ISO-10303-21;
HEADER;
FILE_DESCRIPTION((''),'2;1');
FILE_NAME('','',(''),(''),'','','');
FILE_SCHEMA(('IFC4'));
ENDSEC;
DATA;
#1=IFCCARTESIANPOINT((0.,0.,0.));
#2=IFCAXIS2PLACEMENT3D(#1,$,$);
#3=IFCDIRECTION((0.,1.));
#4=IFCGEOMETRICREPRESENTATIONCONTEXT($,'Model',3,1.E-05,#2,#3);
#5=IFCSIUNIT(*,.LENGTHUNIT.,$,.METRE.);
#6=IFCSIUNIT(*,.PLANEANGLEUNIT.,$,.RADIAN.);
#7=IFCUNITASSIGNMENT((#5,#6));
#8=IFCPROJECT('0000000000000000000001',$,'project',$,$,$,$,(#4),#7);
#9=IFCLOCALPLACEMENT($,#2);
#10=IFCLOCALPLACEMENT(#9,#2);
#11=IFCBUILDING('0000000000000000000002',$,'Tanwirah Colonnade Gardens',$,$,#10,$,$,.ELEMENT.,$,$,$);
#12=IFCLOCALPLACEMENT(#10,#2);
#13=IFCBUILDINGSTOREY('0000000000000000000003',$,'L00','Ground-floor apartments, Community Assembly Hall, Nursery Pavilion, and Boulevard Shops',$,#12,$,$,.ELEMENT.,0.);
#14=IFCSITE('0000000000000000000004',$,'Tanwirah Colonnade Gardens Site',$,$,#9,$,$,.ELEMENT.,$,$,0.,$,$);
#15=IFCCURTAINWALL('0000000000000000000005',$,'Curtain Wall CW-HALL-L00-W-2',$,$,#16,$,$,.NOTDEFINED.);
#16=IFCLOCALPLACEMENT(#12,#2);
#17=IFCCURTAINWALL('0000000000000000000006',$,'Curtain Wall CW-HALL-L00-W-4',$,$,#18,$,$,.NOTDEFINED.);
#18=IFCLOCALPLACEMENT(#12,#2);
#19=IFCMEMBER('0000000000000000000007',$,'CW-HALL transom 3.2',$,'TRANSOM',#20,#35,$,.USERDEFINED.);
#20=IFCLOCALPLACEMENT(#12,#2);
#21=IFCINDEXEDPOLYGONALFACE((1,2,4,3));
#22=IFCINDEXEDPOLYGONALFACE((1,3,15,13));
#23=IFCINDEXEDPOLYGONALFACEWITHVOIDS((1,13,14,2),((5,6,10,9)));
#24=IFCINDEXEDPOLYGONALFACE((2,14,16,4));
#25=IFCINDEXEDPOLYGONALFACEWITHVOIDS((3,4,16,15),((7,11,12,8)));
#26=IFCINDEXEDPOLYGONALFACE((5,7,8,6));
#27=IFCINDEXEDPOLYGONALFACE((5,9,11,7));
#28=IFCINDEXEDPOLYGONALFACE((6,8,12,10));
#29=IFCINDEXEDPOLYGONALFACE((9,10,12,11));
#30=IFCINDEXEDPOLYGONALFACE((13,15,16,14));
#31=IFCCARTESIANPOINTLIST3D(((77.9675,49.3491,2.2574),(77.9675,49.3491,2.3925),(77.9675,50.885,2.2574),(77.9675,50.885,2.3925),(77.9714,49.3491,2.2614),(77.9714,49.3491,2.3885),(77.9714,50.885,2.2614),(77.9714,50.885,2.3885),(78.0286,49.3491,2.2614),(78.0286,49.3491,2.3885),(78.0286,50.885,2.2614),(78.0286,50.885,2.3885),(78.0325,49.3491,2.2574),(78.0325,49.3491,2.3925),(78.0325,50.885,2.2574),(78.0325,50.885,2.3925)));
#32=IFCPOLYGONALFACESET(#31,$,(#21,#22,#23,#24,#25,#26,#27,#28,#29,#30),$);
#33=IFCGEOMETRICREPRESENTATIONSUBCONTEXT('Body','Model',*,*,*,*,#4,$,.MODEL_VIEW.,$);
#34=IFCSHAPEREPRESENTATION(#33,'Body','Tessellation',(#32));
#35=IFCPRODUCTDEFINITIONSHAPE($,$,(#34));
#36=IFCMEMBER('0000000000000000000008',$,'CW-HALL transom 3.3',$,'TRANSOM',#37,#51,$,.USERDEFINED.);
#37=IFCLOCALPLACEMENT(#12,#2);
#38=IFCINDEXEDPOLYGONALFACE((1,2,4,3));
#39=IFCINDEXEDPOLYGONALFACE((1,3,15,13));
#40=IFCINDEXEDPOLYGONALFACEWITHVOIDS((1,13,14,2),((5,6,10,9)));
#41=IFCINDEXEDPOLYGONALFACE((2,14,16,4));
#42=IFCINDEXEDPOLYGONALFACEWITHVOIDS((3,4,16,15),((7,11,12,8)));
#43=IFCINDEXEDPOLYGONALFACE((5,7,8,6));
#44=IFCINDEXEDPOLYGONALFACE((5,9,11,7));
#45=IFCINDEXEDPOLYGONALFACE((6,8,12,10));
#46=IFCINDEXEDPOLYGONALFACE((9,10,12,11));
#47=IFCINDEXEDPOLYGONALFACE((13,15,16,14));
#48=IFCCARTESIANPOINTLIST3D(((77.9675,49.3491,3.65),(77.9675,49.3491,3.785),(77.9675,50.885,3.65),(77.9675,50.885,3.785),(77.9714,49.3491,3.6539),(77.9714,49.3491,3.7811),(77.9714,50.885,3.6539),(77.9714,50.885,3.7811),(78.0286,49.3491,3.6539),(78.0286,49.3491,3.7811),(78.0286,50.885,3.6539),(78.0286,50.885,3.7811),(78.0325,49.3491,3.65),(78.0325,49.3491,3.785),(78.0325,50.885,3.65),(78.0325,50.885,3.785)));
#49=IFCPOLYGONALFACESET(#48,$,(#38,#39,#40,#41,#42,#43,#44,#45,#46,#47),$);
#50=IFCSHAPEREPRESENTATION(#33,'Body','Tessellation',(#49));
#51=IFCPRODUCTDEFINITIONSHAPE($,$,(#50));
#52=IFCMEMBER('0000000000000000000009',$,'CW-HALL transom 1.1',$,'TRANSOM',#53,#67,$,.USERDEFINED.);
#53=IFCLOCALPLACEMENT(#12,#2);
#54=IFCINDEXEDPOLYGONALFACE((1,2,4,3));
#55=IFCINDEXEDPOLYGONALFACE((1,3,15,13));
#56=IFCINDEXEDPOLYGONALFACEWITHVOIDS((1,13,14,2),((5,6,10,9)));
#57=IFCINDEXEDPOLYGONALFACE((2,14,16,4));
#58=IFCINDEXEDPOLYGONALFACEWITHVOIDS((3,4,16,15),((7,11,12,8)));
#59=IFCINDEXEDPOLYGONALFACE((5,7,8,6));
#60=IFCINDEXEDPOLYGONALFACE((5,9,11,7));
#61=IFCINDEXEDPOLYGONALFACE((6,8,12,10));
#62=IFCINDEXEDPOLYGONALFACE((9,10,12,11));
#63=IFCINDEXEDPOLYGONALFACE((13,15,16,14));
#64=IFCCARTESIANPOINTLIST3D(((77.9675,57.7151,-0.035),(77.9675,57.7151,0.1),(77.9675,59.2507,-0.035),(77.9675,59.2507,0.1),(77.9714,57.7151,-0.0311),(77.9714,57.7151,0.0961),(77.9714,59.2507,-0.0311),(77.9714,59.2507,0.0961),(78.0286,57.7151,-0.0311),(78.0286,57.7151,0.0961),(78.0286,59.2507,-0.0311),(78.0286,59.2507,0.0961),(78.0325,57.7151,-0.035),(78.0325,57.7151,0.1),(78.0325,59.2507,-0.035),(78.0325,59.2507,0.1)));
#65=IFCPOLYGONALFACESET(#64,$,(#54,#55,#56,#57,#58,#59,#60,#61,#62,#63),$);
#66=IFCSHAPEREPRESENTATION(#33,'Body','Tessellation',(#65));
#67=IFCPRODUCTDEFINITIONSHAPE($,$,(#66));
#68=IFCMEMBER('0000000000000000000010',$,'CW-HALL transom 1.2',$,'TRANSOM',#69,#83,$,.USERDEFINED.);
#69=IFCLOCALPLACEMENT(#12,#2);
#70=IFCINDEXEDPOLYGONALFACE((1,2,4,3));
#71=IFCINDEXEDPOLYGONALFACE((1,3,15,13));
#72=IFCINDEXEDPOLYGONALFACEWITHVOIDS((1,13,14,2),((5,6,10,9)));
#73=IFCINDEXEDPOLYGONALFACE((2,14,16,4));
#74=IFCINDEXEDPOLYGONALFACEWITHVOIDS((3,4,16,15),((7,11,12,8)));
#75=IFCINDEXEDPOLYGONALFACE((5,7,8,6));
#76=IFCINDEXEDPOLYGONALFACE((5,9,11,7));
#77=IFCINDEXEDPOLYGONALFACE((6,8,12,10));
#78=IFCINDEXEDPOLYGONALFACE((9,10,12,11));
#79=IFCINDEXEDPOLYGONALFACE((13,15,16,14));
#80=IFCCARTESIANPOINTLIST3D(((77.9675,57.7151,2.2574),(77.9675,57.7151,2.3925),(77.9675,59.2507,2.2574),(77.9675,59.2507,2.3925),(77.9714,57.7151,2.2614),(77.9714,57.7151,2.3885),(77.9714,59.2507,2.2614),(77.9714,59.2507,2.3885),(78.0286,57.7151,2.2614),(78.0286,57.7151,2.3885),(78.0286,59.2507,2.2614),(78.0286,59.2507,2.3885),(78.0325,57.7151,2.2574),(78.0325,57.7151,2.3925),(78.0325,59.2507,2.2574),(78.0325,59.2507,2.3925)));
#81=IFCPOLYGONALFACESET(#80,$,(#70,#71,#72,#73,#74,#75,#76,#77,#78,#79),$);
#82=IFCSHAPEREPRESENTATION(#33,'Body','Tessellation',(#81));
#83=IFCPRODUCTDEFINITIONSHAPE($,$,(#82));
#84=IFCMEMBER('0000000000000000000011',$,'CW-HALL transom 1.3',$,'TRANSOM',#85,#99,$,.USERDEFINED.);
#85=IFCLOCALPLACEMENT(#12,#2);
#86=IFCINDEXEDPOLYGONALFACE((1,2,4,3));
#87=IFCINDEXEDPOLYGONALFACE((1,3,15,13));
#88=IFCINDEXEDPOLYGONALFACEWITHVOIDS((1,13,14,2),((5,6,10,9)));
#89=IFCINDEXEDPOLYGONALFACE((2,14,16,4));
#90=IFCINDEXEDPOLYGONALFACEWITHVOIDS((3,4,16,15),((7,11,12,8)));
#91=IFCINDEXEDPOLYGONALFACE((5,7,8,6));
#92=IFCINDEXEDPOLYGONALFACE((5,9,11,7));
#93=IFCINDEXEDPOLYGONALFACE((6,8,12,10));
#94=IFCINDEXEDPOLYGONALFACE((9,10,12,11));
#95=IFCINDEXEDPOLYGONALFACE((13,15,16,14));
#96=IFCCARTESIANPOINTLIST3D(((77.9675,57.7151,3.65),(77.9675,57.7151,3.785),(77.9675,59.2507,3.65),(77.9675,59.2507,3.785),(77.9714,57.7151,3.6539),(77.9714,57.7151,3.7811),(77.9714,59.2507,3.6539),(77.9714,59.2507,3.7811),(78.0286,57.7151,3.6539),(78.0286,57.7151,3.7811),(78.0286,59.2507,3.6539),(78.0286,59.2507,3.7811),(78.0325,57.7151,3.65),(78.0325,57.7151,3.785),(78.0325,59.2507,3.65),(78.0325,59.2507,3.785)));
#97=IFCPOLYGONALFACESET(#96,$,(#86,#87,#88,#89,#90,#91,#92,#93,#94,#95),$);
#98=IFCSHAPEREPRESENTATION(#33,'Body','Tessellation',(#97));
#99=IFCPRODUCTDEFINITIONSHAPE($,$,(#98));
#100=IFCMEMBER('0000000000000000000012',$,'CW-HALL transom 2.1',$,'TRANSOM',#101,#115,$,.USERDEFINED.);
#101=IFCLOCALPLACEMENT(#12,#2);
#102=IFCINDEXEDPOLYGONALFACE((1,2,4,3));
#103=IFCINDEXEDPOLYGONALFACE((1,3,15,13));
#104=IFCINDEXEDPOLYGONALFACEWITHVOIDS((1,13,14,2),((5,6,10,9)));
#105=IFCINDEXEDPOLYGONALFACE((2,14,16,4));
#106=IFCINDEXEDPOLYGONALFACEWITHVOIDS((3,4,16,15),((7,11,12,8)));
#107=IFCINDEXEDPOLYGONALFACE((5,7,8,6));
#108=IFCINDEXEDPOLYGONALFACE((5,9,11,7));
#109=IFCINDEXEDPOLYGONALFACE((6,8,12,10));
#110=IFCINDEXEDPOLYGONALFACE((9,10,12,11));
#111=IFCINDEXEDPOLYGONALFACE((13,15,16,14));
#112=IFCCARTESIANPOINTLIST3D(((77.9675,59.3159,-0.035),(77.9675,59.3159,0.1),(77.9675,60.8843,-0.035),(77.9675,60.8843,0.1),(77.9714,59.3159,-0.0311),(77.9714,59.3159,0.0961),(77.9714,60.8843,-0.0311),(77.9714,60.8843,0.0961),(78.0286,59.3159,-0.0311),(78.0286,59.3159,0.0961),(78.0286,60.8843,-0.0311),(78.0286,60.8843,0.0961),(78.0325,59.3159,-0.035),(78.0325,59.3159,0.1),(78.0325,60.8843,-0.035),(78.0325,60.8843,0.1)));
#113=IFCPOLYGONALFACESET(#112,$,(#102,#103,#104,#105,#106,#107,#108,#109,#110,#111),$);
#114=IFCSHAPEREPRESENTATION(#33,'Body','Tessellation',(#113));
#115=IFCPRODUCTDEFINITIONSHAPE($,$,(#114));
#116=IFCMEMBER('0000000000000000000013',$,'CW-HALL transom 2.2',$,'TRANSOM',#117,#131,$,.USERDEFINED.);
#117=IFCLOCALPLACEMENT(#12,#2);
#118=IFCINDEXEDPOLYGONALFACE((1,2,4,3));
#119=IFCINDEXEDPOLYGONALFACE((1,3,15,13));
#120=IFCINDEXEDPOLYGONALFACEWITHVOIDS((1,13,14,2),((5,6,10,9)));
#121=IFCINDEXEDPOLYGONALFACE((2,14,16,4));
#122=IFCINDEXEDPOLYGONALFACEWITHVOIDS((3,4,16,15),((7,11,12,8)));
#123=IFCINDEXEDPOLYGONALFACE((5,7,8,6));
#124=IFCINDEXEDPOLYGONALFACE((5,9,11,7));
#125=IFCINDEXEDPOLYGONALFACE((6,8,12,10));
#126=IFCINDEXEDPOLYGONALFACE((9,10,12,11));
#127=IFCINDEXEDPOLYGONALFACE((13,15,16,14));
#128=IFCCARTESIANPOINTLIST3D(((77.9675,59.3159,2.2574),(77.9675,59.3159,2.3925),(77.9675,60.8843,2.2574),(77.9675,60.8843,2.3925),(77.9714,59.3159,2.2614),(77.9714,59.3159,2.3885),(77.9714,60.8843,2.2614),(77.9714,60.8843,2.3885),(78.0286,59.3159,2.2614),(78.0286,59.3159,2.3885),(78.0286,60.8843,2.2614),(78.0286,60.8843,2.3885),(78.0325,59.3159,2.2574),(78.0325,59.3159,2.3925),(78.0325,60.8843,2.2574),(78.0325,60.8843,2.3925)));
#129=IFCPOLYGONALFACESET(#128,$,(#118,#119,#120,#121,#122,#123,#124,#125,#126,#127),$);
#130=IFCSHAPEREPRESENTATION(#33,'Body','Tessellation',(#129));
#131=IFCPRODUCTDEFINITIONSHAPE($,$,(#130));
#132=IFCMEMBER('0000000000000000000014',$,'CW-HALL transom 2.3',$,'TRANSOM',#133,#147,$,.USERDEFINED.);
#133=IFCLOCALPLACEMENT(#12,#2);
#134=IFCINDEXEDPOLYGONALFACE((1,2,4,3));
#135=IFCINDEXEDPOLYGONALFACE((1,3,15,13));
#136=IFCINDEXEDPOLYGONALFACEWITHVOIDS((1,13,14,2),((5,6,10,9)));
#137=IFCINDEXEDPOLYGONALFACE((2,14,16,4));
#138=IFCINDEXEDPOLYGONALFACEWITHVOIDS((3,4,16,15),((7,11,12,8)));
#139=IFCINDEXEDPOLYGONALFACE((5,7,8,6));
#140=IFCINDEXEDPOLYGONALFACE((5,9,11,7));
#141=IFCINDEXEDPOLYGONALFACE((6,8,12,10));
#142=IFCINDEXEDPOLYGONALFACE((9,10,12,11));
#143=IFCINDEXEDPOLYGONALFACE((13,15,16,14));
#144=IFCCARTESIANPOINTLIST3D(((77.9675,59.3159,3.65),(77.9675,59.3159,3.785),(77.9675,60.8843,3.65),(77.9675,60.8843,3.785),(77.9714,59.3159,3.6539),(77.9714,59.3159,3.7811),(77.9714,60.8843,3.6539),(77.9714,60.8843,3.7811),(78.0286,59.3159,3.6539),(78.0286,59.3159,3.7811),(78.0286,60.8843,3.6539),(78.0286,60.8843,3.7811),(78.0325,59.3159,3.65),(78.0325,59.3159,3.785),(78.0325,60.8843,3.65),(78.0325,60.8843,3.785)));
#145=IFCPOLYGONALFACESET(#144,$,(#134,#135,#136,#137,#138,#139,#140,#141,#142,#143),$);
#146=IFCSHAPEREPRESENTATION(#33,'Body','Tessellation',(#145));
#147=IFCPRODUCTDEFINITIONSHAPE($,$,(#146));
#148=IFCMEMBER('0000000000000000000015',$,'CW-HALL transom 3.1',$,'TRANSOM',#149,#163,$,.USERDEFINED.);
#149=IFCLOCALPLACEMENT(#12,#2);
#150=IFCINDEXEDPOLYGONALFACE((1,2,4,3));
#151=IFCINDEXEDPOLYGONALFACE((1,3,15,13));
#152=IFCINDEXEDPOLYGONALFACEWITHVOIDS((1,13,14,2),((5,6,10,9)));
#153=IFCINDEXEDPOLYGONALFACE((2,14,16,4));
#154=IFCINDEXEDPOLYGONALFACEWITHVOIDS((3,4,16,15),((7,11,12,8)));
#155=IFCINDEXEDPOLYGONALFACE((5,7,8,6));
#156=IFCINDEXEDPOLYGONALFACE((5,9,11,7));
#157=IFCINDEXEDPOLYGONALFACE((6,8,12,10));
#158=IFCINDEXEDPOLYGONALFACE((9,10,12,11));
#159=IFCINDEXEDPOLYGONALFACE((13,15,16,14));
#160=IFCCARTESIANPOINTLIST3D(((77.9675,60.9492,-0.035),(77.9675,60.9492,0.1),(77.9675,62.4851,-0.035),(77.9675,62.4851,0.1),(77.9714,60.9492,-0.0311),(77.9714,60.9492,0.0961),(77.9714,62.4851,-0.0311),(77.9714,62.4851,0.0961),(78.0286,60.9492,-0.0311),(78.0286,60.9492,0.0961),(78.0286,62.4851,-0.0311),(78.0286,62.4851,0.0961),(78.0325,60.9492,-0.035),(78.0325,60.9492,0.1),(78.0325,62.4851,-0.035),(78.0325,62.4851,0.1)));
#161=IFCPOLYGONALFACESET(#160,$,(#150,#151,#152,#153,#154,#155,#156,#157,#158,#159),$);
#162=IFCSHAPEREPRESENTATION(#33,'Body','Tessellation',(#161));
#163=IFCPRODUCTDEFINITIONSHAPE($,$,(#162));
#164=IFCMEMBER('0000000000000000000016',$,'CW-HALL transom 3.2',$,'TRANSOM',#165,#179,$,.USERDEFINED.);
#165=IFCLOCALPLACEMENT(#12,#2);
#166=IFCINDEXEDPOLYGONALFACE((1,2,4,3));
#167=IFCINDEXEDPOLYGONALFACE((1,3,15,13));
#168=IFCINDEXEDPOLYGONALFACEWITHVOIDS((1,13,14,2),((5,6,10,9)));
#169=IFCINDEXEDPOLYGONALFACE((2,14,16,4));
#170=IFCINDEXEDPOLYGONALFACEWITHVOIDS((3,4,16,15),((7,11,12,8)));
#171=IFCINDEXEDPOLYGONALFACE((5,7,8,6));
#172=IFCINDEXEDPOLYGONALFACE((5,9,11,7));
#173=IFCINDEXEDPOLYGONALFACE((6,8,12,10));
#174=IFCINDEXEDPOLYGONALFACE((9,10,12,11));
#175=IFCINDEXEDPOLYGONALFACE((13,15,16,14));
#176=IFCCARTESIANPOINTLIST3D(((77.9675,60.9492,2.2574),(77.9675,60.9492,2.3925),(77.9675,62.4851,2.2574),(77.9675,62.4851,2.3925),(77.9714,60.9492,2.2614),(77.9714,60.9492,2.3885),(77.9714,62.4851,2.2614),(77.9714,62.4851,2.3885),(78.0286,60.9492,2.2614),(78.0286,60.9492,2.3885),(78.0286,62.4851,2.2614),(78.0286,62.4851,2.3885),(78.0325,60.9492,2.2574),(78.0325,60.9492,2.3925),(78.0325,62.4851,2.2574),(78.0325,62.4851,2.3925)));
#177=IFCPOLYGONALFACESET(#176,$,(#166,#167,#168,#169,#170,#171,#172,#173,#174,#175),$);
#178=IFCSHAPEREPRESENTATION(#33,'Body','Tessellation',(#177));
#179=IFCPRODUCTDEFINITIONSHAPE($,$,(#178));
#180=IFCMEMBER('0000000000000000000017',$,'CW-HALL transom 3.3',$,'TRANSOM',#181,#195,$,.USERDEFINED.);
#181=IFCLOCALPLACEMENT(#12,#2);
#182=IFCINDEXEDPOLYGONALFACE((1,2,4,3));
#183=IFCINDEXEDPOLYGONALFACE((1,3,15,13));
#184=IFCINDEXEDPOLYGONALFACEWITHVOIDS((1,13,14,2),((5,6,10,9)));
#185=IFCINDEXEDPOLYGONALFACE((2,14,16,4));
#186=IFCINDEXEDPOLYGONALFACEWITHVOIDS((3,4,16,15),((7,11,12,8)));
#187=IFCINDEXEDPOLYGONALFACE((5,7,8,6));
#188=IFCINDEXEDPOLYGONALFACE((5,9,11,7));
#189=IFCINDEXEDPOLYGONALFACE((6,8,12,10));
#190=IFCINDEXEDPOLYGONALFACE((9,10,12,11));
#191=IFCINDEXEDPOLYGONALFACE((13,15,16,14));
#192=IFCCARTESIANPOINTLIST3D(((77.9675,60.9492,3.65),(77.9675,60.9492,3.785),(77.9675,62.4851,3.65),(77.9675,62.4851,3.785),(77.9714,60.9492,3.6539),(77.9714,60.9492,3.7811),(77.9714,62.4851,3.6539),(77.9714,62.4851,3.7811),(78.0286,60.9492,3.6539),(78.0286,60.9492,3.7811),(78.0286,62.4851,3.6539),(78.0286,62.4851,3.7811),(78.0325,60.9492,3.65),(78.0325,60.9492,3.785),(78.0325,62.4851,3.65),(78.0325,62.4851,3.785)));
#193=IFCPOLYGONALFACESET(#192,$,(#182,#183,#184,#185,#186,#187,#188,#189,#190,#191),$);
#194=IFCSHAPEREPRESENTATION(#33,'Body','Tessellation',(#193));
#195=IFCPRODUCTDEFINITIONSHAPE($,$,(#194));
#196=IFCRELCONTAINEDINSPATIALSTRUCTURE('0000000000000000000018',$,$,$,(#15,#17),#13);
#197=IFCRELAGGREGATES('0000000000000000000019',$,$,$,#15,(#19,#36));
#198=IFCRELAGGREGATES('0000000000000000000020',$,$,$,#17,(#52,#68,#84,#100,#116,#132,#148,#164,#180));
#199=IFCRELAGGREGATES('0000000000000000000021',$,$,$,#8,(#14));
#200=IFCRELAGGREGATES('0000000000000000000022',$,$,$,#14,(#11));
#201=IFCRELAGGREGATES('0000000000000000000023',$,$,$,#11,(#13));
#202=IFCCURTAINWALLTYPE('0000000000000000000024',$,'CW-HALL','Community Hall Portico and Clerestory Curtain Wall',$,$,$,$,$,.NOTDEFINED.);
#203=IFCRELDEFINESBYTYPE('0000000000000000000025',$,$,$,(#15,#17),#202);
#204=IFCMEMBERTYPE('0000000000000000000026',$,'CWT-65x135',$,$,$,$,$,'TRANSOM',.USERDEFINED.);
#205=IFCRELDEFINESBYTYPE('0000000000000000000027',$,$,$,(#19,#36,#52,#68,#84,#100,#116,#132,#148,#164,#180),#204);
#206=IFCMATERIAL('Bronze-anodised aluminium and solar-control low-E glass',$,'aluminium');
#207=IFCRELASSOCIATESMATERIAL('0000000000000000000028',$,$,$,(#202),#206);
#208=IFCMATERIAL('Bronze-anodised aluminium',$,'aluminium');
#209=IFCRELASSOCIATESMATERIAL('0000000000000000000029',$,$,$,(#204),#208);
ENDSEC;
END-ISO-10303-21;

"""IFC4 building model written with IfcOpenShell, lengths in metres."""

from ifc_helpers import new_model, si_unit, direction, frame, origin, origin_2d, place, context, subcontext, project, spatial, hollow_rectangle, extrude, material, material_profile, profile_set, type_object, element, aggregate, save


model = new_model("IFC4")

# Units and contexts
model_context = context("Model", 3, precision=1e-05, world=origin(), true_north=direction((0.0, 1.0)))
body_context = subcontext(model_context, "Body", "Model", "MODEL_VIEW")
ifc_project = project(units=[si_unit("LENGTHUNIT", "METRE"), si_unit("PLANEANGLEUNIT", "RADIAN")], contexts=[model_context])

# Site, building, storey
site_placement = place(None, origin())
site = spatial("IfcSite", under=ifc_project, at=site_placement, Name="Tanwirah Colonnade Gardens Site", CompositionType="ELEMENT", RefElevation=0.0)
building_placement = place(site_placement, origin())
building = spatial("IfcBuilding", under=site, at=building_placement, Name="Tanwirah Colonnade Gardens", CompositionType="ELEMENT")
storey_placement = place(building_placement, origin())
storey = spatial("IfcBuildingStorey", under=building, at=storey_placement, Name="L00", Description="Ground-floor apartments, Community Assembly Hall, Nursery Pavilion, and Boulevard Shops", CompositionType="ELEMENT", Elevation=0.0)

# Curtain walls
ifc_material_1 = material(Name="Bronze-anodised aluminium and solar-control low-E glass", Category="aluminium")
curtain_wall_type = type_object("IfcCurtainWallType", Name="CW-HALL", Description="Community Hall Portico and Clerestory Curtain Wall", PredefinedType="NOTDEFINED", material=ifc_material_1)
curtain_wall_1_placement = place(storey_placement, origin())
curtain_wall_1 = element("IfcCurtainWall", 1, at=curtain_wall_1_placement, inside=storey, type_object=curtain_wall_type, Name="Curtain Wall CW-HALL-L00-W-2", PredefinedType="NOTDEFINED")
ifc_material_2 = material(Name="Bronze-anodised aluminium", Category="aluminium")
curtain_wall_2_placement = place(storey_placement, origin())
curtain_wall_2 = element("IfcCurtainWall", 2, at=curtain_wall_2_placement, inside=storey, type_object=curtain_wall_type, Name="Curtain Wall CW-HALL-L00-W-4", PredefinedType="NOTDEFINED")

# Members
ifc_material_profile_1 = material_profile(ifc_material_2, hollow_rectangle(XDim=0.0649, YDim=0.135, WallThickness=0.0039, at=origin_2d()), Name="CW-TRN 65x135x4")
ifc_profile_set_1 = profile_set([ifc_material_profile_1], Name="Bronze-anodised aluminium")
member_type_1 = type_object("IfcMemberType", Name="CWT-65x135", ElementType="TRANSOM", PredefinedType="USERDEFINED", material=ifc_profile_set_1)
member_1_placement = place(storey_placement, frame((78.0, 49.3491, 2.325), z_axis=(0.0, 1.0, 0.0), x_axis=(-1.0, 0.0, 0.0)))
member_1 = element("IfcMember", 3, at=member_1_placement, type_object=member_type_1, Name="CW-HALL transom 3.2", ObjectType="TRANSOM", PredefinedType="USERDEFINED", context=body_context, shape_type="SweptSolid", body=[
    extrude(hollow_rectangle(XDim=0.0649, YDim=0.135, WallThickness=0.0039, at=origin_2d()), origin(), (0.0, 0.0, 1.0), 1.5359),
])
member_2_placement = place(storey_placement, frame((78.0, 49.3491, 3.7175), z_axis=(0.0, 1.0, 0.0), x_axis=(-1.0, 0.0, 0.0)))
member_2 = element("IfcMember", 4, at=member_2_placement, type_object=member_type_1, Name="CW-HALL transom 3.3", ObjectType="TRANSOM", PredefinedType="USERDEFINED", context=body_context, shape_type="SweptSolid", body=[
    extrude(hollow_rectangle(XDim=0.0649, YDim=0.135, WallThickness=0.0039, at=origin_2d()), origin(), (0.0, 0.0, 1.0), 1.5359),
])
member_3_placement = place(storey_placement, frame((78.0, 57.7151, 0.0325), z_axis=(0.0, 1.0, 0.0), x_axis=(-1.0, 0.0, 0.0)))
member_3 = element("IfcMember", 5, at=member_3_placement, type_object=member_type_1, Name="CW-HALL transom 1.1", ObjectType="TRANSOM", PredefinedType="USERDEFINED", context=body_context, shape_type="SweptSolid", body=[
    extrude(hollow_rectangle(XDim=0.0649, YDim=0.135, WallThickness=0.0039, at=origin_2d()), origin(), (0.0, 0.0, 1.0), 1.5356),
])
member_4_placement = place(storey_placement, frame((78.0, 57.7151, 2.325), z_axis=(0.0, 1.0, 0.0), x_axis=(-1.0, 0.0, 0.0)))
member_4 = element("IfcMember", 6, at=member_4_placement, type_object=member_type_1, Name="CW-HALL transom 1.2", ObjectType="TRANSOM", PredefinedType="USERDEFINED", context=body_context, shape_type="SweptSolid", body=[
    extrude(hollow_rectangle(XDim=0.0649, YDim=0.135, WallThickness=0.0039, at=origin_2d()), origin(), (0.0, 0.0, 1.0), 1.5356),
])
member_5_placement = place(storey_placement, frame((78.0, 57.7151, 3.7175), z_axis=(0.0, 1.0, 0.0), x_axis=(-1.0, 0.0, 0.0)))
member_5 = element("IfcMember", 7, at=member_5_placement, type_object=member_type_1, Name="CW-HALL transom 1.3", ObjectType="TRANSOM", PredefinedType="USERDEFINED", context=body_context, shape_type="SweptSolid", body=[
    extrude(hollow_rectangle(XDim=0.0649, YDim=0.135, WallThickness=0.0039, at=origin_2d()), origin(), (0.0, 0.0, 1.0), 1.5356),
])
member_6_placement = place(storey_placement, frame((78.0, 59.3159, 0.0325), z_axis=(0.0, 1.0, 0.0), x_axis=(-1.0, 0.0, 0.0)))
member_6 = element("IfcMember", 8, at=member_6_placement, type_object=member_type_1, Name="CW-HALL transom 2.1", ObjectType="TRANSOM", PredefinedType="USERDEFINED", context=body_context, shape_type="SweptSolid", body=[
    extrude(hollow_rectangle(XDim=0.0649, YDim=0.135, WallThickness=0.0039, at=origin_2d()), origin(), (0.0, 0.0, 1.0), 1.5684),
])
member_7_placement = place(storey_placement, frame((78.0, 59.3159, 2.325), z_axis=(0.0, 1.0, 0.0), x_axis=(-1.0, 0.0, 0.0)))
member_7 = element("IfcMember", 9, at=member_7_placement, type_object=member_type_1, Name="CW-HALL transom 2.2", ObjectType="TRANSOM", PredefinedType="USERDEFINED", context=body_context, shape_type="SweptSolid", body=[
    extrude(hollow_rectangle(XDim=0.0649, YDim=0.135, WallThickness=0.0039, at=origin_2d()), origin(), (0.0, 0.0, 1.0), 1.5684),
])
member_8_placement = place(storey_placement, frame((78.0, 59.3159, 3.7175), z_axis=(0.0, 1.0, 0.0), x_axis=(-1.0, 0.0, 0.0)))
member_8 = element("IfcMember", 10, at=member_8_placement, type_object=member_type_1, Name="CW-HALL transom 2.3", ObjectType="TRANSOM", PredefinedType="USERDEFINED", context=body_context, shape_type="SweptSolid", body=[
    extrude(hollow_rectangle(XDim=0.0649, YDim=0.135, WallThickness=0.0039, at=origin_2d()), origin(), (0.0, 0.0, 1.0), 1.5684),
])
member_9_placement = place(storey_placement, frame((78.0, 60.9492, 0.0325), z_axis=(0.0, 1.0, 0.0), x_axis=(-1.0, 0.0, 0.0)))
member_9 = element("IfcMember", 11, at=member_9_placement, type_object=member_type_1, Name="CW-HALL transom 3.1", ObjectType="TRANSOM", PredefinedType="USERDEFINED", context=body_context, shape_type="SweptSolid", body=[
    extrude(hollow_rectangle(XDim=0.0649, YDim=0.135, WallThickness=0.0039, at=origin_2d()), origin(), (0.0, 0.0, 1.0), 1.5359),
])
member_10_placement = place(storey_placement, frame((78.0, 60.9492, 2.325), z_axis=(0.0, 1.0, 0.0), x_axis=(-1.0, 0.0, 0.0)))
member_10 = element("IfcMember", 12, at=member_10_placement, type_object=member_type_1, Name="CW-HALL transom 3.2", ObjectType="TRANSOM", PredefinedType="USERDEFINED", context=body_context, shape_type="SweptSolid", body=[
    extrude(hollow_rectangle(XDim=0.0649, YDim=0.135, WallThickness=0.0039, at=origin_2d()), origin(), (0.0, 0.0, 1.0), 1.5359),
])
member_11_placement = place(storey_placement, frame((78.0, 60.9492, 3.7175), z_axis=(0.0, 1.0, 0.0), x_axis=(-1.0, 0.0, 0.0)))
member_11 = element("IfcMember", 13, at=member_11_placement, type_object=member_type_1, Name="CW-HALL transom 3.3", ObjectType="TRANSOM", PredefinedType="USERDEFINED", context=body_context, shape_type="SweptSolid", body=[
    extrude(hollow_rectangle(XDim=0.0649, YDim=0.135, WallThickness=0.0039, at=origin_2d()), origin(), (0.0, 0.0, 1.0), 1.5359),
])

aggregate(curtain_wall_1, [member_1, member_2])
aggregate(curtain_wall_2, [member_3, member_4, member_5, member_6, member_7, member_8, member_9, member_10, member_11])

save(model, "model.ifc")
